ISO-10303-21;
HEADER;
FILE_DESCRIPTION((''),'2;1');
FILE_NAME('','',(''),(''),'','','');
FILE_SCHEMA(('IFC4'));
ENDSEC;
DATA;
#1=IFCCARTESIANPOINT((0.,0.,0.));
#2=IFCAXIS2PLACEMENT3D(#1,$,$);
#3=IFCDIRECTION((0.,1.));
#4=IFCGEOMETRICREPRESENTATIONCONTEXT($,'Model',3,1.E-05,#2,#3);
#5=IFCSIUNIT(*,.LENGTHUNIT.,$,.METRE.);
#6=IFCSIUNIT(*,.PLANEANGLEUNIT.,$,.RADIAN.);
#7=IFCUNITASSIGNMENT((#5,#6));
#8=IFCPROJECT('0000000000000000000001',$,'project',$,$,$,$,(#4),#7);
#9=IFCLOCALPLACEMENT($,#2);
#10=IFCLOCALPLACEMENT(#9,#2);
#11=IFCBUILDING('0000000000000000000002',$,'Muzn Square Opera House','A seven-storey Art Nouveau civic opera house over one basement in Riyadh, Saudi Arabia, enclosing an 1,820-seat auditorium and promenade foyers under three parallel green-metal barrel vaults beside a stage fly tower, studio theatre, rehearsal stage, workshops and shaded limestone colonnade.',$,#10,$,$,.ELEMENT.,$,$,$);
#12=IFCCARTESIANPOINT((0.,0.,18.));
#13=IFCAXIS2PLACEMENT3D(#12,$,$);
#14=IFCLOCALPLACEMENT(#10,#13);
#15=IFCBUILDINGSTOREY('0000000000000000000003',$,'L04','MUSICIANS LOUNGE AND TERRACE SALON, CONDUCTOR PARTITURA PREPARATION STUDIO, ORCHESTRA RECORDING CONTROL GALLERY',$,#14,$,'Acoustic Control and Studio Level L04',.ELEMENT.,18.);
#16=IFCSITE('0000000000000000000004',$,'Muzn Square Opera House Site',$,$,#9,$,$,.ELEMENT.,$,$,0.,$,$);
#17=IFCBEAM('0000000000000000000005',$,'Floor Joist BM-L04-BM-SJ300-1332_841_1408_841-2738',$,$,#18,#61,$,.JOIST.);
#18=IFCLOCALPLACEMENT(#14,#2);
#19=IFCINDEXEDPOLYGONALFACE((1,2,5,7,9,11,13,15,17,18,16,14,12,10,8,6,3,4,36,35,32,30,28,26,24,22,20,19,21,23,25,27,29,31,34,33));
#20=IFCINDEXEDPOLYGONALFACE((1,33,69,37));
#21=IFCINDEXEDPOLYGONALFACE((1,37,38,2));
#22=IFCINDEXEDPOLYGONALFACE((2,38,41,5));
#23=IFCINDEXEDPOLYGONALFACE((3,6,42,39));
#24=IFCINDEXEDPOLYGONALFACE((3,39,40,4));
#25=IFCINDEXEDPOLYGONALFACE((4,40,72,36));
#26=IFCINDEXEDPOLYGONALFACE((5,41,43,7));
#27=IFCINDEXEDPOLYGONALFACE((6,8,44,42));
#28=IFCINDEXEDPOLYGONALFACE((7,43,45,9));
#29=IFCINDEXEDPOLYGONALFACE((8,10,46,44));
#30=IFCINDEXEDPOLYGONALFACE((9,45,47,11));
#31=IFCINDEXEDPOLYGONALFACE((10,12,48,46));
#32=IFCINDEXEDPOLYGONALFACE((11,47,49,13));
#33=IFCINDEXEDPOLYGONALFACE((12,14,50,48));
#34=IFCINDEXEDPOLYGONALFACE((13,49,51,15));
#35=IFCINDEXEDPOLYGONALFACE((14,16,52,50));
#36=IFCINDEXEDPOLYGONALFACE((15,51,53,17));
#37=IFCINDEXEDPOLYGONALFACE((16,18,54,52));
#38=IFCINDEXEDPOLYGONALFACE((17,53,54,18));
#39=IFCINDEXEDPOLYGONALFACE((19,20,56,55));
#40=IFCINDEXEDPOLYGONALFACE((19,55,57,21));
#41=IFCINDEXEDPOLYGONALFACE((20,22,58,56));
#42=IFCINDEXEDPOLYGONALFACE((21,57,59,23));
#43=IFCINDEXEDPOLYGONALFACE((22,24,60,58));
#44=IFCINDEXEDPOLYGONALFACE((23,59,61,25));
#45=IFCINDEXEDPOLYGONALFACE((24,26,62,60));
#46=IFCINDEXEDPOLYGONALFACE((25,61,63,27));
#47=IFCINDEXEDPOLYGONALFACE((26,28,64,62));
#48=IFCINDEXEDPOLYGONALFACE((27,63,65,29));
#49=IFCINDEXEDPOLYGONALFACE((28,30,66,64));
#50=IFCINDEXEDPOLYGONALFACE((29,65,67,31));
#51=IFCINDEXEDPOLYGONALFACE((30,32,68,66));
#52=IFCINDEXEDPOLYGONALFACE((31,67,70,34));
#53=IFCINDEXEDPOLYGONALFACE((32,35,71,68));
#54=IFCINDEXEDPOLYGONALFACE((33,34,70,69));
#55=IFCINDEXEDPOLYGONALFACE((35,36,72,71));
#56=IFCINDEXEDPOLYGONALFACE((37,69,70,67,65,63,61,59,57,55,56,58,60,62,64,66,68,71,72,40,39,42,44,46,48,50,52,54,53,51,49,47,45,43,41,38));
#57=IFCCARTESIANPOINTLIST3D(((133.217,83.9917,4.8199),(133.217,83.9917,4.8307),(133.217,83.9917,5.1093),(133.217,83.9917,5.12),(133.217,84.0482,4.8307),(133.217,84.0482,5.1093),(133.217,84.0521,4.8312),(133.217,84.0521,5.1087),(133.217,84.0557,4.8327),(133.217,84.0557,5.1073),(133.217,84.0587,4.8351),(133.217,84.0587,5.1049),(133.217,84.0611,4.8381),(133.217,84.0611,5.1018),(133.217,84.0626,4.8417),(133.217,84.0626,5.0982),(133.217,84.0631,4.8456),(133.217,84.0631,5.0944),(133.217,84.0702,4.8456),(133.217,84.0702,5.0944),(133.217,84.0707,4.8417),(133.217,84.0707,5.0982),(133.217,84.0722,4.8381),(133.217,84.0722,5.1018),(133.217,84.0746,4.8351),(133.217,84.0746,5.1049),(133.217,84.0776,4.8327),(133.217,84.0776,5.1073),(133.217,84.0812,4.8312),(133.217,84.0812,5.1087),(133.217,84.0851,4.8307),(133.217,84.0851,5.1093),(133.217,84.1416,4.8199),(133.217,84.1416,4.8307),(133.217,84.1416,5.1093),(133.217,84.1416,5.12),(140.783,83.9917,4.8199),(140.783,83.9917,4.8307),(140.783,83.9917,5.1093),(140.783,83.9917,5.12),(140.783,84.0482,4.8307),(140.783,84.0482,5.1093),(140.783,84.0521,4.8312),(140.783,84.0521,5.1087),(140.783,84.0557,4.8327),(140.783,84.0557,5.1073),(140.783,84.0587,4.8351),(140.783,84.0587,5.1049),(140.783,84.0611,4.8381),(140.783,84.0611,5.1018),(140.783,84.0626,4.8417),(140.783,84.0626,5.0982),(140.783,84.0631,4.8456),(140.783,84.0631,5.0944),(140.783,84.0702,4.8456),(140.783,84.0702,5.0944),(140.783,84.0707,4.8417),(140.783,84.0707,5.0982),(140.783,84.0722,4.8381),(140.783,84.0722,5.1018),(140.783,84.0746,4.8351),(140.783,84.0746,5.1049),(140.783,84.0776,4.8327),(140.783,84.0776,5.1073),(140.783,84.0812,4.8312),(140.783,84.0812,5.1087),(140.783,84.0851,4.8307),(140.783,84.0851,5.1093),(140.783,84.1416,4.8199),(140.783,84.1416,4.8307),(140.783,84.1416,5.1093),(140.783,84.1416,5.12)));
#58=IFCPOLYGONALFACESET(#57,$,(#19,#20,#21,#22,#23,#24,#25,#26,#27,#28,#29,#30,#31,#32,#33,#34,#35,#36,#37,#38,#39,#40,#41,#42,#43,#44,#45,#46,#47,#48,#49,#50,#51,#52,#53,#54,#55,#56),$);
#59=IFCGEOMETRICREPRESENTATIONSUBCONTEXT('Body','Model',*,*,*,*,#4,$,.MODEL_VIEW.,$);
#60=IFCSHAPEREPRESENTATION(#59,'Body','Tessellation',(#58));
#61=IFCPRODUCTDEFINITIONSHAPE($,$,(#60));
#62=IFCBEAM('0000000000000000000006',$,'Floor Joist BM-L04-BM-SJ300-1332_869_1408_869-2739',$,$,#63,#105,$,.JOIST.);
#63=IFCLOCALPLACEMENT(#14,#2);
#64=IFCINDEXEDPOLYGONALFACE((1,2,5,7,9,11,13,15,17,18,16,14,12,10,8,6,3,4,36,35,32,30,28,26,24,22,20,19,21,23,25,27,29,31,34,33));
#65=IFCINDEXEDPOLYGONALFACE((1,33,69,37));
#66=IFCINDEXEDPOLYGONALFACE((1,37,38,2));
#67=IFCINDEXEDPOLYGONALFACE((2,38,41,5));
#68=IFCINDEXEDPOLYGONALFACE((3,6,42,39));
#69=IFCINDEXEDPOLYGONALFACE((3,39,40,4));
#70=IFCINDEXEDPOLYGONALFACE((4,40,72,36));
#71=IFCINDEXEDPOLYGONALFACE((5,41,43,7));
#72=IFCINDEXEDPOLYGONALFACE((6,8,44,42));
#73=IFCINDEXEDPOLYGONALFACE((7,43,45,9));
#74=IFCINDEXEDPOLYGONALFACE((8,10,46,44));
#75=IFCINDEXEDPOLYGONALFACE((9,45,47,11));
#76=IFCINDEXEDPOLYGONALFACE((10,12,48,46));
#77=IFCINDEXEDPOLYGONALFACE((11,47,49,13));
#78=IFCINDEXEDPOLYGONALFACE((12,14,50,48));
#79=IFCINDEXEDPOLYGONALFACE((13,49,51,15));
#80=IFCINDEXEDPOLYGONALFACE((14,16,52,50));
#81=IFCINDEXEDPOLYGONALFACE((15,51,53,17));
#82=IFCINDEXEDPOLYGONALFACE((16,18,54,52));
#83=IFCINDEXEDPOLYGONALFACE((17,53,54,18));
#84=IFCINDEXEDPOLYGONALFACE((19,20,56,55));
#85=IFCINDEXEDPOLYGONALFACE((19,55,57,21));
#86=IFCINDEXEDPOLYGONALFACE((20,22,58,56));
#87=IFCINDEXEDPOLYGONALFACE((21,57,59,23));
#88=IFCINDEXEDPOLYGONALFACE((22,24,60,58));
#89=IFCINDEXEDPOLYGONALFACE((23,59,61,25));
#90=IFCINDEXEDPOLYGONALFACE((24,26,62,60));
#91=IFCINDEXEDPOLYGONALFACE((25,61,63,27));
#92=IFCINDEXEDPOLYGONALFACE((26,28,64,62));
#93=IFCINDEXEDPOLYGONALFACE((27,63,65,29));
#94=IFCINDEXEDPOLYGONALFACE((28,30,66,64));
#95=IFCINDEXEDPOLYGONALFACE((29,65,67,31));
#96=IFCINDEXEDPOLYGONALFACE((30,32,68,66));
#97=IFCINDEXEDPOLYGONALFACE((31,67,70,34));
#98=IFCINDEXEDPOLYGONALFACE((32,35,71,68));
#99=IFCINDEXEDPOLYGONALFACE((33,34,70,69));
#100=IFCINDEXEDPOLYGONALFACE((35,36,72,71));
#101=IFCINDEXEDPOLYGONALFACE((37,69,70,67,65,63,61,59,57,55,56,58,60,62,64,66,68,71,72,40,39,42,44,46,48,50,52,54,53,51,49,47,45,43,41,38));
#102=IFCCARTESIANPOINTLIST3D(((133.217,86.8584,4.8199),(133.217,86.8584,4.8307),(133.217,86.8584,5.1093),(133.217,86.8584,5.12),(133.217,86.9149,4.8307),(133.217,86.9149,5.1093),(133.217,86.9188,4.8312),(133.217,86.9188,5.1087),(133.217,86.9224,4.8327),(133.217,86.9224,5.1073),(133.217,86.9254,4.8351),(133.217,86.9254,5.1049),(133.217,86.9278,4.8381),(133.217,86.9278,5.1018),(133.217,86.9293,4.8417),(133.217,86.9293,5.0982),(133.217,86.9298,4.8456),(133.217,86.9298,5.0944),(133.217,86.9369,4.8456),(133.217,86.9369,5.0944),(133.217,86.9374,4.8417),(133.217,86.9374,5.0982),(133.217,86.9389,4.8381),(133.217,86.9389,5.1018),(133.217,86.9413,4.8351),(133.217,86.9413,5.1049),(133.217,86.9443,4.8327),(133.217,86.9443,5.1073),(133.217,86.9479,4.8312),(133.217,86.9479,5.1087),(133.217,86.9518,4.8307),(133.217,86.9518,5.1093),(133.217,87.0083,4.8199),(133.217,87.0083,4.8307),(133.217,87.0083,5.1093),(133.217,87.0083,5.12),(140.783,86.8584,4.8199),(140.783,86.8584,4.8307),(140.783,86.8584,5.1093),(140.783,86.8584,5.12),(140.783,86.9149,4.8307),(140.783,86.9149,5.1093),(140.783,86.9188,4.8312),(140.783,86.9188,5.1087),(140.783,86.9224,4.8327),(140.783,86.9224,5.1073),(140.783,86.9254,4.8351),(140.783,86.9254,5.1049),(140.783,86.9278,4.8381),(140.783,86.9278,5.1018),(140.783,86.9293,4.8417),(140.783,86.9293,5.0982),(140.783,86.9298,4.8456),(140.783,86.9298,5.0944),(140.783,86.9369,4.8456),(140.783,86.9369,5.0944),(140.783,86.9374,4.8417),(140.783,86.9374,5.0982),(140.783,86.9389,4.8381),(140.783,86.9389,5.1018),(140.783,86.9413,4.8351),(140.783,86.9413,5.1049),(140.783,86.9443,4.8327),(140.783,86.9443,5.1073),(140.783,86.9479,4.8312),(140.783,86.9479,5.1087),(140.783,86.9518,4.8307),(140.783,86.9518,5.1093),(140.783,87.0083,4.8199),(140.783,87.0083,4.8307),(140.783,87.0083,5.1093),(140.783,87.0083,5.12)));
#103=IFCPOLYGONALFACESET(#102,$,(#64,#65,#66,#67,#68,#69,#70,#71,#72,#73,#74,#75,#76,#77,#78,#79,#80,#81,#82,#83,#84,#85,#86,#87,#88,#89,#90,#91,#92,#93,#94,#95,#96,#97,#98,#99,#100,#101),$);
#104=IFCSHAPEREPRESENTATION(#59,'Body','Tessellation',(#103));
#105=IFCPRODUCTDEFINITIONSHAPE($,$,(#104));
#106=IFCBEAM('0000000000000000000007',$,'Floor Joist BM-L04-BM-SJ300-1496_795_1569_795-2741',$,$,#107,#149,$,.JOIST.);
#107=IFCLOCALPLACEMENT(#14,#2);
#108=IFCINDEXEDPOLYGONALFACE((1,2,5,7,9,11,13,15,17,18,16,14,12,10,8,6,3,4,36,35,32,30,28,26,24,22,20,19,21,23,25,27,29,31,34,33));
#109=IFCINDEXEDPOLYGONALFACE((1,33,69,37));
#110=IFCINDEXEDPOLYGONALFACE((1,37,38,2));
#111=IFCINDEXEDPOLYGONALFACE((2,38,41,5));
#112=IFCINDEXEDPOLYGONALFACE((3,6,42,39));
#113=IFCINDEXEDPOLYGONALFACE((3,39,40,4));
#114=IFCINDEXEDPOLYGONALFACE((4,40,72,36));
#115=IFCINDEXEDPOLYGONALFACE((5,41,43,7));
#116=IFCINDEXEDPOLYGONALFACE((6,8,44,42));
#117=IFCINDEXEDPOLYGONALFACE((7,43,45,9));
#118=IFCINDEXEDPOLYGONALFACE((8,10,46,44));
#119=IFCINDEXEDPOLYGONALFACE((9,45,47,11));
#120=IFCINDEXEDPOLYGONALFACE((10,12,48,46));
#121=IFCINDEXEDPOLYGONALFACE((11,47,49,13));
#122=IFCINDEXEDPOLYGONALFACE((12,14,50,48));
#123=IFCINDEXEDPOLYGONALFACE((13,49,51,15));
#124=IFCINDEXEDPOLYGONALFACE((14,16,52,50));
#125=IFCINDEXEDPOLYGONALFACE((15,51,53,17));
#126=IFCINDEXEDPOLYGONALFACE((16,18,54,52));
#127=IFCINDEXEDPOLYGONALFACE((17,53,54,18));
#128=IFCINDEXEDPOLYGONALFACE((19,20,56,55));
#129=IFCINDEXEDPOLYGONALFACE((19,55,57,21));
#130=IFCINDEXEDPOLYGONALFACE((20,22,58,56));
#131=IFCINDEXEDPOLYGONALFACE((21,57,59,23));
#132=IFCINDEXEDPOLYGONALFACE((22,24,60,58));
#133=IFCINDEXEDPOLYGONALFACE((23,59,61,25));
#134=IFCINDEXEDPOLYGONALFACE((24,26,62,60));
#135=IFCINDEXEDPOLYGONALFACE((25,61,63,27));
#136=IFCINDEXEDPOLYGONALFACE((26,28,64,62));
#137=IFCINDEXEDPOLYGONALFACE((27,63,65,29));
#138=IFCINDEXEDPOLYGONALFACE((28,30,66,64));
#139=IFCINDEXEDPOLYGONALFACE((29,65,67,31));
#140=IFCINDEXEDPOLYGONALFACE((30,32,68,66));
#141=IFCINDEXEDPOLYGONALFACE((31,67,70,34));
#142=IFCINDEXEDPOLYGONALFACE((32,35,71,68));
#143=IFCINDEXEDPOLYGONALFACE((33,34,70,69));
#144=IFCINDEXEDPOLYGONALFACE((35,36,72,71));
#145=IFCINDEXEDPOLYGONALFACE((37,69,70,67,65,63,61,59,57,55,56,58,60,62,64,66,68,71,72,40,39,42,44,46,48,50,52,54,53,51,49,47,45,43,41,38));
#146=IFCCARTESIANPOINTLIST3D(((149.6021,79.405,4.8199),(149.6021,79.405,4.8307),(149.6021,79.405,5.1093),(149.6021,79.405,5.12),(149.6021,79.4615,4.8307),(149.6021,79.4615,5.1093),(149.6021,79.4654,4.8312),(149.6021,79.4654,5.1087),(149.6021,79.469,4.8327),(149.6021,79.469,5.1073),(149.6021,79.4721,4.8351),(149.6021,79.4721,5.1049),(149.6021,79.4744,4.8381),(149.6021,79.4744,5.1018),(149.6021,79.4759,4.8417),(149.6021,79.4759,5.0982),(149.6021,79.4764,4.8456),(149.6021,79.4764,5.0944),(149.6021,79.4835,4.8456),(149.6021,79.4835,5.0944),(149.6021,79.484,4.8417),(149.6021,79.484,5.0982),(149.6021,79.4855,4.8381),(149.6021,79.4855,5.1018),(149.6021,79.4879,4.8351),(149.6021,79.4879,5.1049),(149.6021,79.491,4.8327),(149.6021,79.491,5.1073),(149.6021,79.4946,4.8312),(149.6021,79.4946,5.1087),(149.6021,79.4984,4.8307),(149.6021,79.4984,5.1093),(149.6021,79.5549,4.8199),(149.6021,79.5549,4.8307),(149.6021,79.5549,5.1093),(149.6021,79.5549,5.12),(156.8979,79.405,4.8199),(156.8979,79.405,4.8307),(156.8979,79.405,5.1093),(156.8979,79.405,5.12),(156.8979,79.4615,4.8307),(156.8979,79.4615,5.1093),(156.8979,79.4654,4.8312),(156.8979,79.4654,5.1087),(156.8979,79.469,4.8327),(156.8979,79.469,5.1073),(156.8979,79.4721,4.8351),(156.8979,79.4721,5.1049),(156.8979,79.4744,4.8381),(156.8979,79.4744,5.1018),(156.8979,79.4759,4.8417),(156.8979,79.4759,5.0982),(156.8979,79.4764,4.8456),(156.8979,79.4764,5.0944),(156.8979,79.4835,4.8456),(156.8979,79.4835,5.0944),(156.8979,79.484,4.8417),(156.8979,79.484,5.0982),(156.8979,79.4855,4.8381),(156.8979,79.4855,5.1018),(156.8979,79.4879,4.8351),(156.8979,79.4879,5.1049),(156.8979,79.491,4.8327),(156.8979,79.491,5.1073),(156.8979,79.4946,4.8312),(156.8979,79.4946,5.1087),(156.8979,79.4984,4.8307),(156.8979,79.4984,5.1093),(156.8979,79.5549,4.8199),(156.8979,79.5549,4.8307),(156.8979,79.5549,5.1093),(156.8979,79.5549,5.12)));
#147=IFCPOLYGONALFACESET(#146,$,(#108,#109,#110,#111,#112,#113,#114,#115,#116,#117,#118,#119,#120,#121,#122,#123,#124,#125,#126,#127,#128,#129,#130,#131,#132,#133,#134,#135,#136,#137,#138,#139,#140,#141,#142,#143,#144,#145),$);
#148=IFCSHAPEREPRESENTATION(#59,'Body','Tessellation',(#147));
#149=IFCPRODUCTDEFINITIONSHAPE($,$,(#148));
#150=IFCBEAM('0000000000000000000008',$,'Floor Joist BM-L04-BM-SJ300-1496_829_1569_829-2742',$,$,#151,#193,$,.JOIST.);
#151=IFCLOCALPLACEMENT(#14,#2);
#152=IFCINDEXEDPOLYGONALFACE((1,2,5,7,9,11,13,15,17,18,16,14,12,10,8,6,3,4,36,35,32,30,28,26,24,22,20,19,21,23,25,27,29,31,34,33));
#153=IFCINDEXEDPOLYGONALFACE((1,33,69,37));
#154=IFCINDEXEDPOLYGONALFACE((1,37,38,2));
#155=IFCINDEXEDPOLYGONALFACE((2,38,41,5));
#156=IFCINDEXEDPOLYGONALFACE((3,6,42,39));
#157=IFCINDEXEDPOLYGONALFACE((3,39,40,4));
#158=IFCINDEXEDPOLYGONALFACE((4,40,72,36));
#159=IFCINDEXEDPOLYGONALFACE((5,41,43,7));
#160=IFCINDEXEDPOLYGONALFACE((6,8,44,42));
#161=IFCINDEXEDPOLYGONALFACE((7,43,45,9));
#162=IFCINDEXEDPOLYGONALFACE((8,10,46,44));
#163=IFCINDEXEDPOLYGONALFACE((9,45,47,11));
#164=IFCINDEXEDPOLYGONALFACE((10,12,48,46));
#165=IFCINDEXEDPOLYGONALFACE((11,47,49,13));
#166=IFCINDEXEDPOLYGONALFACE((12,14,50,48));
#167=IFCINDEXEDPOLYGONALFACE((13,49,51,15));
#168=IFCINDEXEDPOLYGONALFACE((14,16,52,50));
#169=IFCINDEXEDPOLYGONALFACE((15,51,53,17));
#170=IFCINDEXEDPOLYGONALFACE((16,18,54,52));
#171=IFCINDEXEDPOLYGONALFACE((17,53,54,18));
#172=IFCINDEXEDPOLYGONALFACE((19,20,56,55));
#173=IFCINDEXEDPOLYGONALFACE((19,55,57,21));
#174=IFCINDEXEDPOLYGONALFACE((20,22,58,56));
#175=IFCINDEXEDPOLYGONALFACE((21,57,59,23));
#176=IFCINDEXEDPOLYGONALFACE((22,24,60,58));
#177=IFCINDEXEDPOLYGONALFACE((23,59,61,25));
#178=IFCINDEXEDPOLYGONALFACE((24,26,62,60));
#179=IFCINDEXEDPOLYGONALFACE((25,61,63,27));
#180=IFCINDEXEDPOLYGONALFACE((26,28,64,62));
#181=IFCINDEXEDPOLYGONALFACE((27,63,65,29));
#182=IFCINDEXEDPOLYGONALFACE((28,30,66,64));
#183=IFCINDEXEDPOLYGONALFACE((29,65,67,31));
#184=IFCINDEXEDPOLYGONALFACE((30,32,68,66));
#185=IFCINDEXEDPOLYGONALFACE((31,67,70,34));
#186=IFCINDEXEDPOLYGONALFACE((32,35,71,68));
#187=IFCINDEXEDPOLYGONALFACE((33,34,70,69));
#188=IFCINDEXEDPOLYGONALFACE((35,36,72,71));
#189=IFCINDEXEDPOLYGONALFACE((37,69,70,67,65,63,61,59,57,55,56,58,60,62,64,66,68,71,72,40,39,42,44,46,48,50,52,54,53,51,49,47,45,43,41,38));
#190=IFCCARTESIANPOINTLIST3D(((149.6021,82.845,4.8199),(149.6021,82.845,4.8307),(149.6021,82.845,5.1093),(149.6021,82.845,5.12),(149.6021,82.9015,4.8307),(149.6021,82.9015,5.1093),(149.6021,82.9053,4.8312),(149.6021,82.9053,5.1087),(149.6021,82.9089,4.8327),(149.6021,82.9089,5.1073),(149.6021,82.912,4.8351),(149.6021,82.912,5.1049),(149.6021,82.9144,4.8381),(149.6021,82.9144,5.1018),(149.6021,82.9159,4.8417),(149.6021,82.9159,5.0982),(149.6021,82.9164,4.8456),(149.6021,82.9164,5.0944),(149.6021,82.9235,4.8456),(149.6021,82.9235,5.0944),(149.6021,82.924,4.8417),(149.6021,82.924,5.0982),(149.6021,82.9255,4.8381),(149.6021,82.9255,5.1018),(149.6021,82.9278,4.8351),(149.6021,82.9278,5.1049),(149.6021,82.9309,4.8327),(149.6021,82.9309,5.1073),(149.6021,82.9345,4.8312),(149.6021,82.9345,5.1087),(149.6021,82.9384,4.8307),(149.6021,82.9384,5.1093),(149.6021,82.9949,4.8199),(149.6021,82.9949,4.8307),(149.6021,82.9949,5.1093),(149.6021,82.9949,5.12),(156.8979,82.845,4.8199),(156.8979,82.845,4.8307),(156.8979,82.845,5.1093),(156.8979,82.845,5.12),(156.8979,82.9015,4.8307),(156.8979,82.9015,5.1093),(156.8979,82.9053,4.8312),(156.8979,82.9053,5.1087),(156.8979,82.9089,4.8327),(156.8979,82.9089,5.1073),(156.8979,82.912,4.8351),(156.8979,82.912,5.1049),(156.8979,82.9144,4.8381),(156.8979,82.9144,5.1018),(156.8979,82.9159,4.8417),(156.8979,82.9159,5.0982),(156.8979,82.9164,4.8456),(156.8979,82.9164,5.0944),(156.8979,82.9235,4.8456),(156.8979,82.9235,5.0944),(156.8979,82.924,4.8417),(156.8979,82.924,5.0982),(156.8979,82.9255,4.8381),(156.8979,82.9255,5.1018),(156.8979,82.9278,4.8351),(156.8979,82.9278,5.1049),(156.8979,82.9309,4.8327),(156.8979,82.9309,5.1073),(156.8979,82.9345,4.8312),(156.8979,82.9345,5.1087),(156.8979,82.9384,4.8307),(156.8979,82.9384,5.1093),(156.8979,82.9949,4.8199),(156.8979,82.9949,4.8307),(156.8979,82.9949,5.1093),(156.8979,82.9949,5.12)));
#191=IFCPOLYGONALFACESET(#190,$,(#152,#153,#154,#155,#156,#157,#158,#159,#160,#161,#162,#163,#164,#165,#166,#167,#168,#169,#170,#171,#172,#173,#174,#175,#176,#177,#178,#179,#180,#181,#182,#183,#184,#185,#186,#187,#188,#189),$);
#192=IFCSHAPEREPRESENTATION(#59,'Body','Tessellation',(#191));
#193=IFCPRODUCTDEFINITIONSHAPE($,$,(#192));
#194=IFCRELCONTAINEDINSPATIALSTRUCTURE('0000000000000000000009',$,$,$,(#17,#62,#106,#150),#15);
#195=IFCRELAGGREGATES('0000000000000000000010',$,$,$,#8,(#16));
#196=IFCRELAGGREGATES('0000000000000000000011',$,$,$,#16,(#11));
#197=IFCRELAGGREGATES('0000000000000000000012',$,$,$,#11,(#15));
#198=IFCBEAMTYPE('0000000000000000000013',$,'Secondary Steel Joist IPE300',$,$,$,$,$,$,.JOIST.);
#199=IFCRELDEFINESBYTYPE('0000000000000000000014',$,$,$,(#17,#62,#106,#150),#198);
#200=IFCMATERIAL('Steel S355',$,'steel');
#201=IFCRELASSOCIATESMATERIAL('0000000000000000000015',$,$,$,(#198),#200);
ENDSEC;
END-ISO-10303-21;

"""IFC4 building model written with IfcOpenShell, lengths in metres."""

from ifc_helpers import new_model, si_unit, direction, frame, origin, origin_2d, place, context, subcontext, project, spatial, i_section, extrude, material, material_profile, profile_set, type_object, element, save


model = new_model("IFC4")

# Units and contexts
model_context = context("Model", 3, precision=1e-05, world=origin(), true_north=direction((0.0, 1.0)))
body_context = subcontext(model_context, "Body", "Model", "MODEL_VIEW")
ifc_project = project(units=[si_unit("LENGTHUNIT", "METRE"), si_unit("PLANEANGLEUNIT", "RADIAN")], contexts=[model_context])

# Site, building, storey
site_placement = place(None, origin())
site = spatial("IfcSite", under=ifc_project, at=site_placement, Name="Muzn Square Opera House Site", CompositionType="ELEMENT", RefElevation=0.0)
building_placement = place(site_placement, origin())
building = spatial("IfcBuilding", under=site, at=building_placement, Name="Muzn Square Opera House", Description="A seven-storey Art Nouveau civic opera house over one basement in Riyadh, Saudi Arabia, enclosing an 1,820-seat auditorium and promenade foyers under three parallel green-metal barrel vaults beside a stage fly tower, studio theatre, rehearsal stage, workshops and shaded limestone colonnade.", CompositionType="ELEMENT")
storey_placement = place(building_placement, frame((0.0, 0.0, 18.0)))
storey = spatial("IfcBuildingStorey", under=building, at=storey_placement, Name="L04", Description="MUSICIANS LOUNGE AND TERRACE SALON, CONDUCTOR PARTITURA PREPARATION STUDIO, ORCHESTRA RECORDING CONTROL GALLERY", LongName="Acoustic Control and Studio Level L04", CompositionType="ELEMENT", Elevation=18.0)

# Shared definitions
ifc_material_1 = material(Name="Steel S355", Category="steel")

# Beams
ifc_material_profile_1 = material_profile(ifc_material_1, i_section(OverallWidth=0.1499, OverallDepth=0.3, WebThickness=0.0071, FlangeThickness=0.0107, FilletRadius=0.0149, at=origin_2d()), Name="IPE 300", Category="steel")
ifc_profile_set_1 = profile_set([ifc_material_profile_1], Name="Steel S355")
beam_type_1 = type_object("IfcBeamType", Name="Secondary Steel Joist IPE300", PredefinedType="JOIST", material=ifc_profile_set_1)
for number, where, z_axis, x_axis, name in (
    (1, (133.217, 84.0667, 4.97), (1.0, 0.0, 0.0), (0.0, 1.0, 0.0), "Floor Joist BM-L04-BM-SJ300-1332_841_1408_841-2738"),
    (2, (133.217, 86.9333, 4.97), (1.0, 0.0, 0.0), (0.0, 1.0, 0.0), "Floor Joist BM-L04-BM-SJ300-1332_869_1408_869-2739"),
):
    element("IfcBeam", number, at=place(storey_placement, frame(where, z_axis=z_axis, x_axis=x_axis)), inside=storey, type_object=beam_type_1, Name=name, PredefinedType="JOIST", context=body_context, shape_type="SweptSolid", body=[
        extrude(i_section(OverallWidth=0.1499, OverallDepth=0.3, WebThickness=0.0071, FlangeThickness=0.0107, FilletRadius=0.0149, at=origin_2d()), origin(), (0.0, 0.0, 1.0), 7.5659),
    ])
for number, where, z_axis, x_axis, name in (
    (3, (149.6021, 79.48, 4.97), (1.0, 0.0, 0.0), (0.0, 1.0, 0.0), "Floor Joist BM-L04-BM-SJ300-1496_795_1569_795-2741"),
    (4, (149.6021, 82.9199, 4.97), (1.0, 0.0, 0.0), (0.0, 1.0, 0.0), "Floor Joist BM-L04-BM-SJ300-1496_829_1569_829-2742"),
):
    element("IfcBeam", number, at=place(storey_placement, frame(where, z_axis=z_axis, x_axis=x_axis)), inside=storey, type_object=beam_type_1, Name=name, PredefinedType="JOIST", context=body_context, shape_type="SweptSolid", body=[
        extrude(i_section(OverallWidth=0.1499, OverallDepth=0.3, WebThickness=0.0071, FlangeThickness=0.0107, FilletRadius=0.0149, at=origin_2d()), origin(), (0.0, 0.0, 1.0), 7.2959),
    ])

save(model, "model.ifc")
